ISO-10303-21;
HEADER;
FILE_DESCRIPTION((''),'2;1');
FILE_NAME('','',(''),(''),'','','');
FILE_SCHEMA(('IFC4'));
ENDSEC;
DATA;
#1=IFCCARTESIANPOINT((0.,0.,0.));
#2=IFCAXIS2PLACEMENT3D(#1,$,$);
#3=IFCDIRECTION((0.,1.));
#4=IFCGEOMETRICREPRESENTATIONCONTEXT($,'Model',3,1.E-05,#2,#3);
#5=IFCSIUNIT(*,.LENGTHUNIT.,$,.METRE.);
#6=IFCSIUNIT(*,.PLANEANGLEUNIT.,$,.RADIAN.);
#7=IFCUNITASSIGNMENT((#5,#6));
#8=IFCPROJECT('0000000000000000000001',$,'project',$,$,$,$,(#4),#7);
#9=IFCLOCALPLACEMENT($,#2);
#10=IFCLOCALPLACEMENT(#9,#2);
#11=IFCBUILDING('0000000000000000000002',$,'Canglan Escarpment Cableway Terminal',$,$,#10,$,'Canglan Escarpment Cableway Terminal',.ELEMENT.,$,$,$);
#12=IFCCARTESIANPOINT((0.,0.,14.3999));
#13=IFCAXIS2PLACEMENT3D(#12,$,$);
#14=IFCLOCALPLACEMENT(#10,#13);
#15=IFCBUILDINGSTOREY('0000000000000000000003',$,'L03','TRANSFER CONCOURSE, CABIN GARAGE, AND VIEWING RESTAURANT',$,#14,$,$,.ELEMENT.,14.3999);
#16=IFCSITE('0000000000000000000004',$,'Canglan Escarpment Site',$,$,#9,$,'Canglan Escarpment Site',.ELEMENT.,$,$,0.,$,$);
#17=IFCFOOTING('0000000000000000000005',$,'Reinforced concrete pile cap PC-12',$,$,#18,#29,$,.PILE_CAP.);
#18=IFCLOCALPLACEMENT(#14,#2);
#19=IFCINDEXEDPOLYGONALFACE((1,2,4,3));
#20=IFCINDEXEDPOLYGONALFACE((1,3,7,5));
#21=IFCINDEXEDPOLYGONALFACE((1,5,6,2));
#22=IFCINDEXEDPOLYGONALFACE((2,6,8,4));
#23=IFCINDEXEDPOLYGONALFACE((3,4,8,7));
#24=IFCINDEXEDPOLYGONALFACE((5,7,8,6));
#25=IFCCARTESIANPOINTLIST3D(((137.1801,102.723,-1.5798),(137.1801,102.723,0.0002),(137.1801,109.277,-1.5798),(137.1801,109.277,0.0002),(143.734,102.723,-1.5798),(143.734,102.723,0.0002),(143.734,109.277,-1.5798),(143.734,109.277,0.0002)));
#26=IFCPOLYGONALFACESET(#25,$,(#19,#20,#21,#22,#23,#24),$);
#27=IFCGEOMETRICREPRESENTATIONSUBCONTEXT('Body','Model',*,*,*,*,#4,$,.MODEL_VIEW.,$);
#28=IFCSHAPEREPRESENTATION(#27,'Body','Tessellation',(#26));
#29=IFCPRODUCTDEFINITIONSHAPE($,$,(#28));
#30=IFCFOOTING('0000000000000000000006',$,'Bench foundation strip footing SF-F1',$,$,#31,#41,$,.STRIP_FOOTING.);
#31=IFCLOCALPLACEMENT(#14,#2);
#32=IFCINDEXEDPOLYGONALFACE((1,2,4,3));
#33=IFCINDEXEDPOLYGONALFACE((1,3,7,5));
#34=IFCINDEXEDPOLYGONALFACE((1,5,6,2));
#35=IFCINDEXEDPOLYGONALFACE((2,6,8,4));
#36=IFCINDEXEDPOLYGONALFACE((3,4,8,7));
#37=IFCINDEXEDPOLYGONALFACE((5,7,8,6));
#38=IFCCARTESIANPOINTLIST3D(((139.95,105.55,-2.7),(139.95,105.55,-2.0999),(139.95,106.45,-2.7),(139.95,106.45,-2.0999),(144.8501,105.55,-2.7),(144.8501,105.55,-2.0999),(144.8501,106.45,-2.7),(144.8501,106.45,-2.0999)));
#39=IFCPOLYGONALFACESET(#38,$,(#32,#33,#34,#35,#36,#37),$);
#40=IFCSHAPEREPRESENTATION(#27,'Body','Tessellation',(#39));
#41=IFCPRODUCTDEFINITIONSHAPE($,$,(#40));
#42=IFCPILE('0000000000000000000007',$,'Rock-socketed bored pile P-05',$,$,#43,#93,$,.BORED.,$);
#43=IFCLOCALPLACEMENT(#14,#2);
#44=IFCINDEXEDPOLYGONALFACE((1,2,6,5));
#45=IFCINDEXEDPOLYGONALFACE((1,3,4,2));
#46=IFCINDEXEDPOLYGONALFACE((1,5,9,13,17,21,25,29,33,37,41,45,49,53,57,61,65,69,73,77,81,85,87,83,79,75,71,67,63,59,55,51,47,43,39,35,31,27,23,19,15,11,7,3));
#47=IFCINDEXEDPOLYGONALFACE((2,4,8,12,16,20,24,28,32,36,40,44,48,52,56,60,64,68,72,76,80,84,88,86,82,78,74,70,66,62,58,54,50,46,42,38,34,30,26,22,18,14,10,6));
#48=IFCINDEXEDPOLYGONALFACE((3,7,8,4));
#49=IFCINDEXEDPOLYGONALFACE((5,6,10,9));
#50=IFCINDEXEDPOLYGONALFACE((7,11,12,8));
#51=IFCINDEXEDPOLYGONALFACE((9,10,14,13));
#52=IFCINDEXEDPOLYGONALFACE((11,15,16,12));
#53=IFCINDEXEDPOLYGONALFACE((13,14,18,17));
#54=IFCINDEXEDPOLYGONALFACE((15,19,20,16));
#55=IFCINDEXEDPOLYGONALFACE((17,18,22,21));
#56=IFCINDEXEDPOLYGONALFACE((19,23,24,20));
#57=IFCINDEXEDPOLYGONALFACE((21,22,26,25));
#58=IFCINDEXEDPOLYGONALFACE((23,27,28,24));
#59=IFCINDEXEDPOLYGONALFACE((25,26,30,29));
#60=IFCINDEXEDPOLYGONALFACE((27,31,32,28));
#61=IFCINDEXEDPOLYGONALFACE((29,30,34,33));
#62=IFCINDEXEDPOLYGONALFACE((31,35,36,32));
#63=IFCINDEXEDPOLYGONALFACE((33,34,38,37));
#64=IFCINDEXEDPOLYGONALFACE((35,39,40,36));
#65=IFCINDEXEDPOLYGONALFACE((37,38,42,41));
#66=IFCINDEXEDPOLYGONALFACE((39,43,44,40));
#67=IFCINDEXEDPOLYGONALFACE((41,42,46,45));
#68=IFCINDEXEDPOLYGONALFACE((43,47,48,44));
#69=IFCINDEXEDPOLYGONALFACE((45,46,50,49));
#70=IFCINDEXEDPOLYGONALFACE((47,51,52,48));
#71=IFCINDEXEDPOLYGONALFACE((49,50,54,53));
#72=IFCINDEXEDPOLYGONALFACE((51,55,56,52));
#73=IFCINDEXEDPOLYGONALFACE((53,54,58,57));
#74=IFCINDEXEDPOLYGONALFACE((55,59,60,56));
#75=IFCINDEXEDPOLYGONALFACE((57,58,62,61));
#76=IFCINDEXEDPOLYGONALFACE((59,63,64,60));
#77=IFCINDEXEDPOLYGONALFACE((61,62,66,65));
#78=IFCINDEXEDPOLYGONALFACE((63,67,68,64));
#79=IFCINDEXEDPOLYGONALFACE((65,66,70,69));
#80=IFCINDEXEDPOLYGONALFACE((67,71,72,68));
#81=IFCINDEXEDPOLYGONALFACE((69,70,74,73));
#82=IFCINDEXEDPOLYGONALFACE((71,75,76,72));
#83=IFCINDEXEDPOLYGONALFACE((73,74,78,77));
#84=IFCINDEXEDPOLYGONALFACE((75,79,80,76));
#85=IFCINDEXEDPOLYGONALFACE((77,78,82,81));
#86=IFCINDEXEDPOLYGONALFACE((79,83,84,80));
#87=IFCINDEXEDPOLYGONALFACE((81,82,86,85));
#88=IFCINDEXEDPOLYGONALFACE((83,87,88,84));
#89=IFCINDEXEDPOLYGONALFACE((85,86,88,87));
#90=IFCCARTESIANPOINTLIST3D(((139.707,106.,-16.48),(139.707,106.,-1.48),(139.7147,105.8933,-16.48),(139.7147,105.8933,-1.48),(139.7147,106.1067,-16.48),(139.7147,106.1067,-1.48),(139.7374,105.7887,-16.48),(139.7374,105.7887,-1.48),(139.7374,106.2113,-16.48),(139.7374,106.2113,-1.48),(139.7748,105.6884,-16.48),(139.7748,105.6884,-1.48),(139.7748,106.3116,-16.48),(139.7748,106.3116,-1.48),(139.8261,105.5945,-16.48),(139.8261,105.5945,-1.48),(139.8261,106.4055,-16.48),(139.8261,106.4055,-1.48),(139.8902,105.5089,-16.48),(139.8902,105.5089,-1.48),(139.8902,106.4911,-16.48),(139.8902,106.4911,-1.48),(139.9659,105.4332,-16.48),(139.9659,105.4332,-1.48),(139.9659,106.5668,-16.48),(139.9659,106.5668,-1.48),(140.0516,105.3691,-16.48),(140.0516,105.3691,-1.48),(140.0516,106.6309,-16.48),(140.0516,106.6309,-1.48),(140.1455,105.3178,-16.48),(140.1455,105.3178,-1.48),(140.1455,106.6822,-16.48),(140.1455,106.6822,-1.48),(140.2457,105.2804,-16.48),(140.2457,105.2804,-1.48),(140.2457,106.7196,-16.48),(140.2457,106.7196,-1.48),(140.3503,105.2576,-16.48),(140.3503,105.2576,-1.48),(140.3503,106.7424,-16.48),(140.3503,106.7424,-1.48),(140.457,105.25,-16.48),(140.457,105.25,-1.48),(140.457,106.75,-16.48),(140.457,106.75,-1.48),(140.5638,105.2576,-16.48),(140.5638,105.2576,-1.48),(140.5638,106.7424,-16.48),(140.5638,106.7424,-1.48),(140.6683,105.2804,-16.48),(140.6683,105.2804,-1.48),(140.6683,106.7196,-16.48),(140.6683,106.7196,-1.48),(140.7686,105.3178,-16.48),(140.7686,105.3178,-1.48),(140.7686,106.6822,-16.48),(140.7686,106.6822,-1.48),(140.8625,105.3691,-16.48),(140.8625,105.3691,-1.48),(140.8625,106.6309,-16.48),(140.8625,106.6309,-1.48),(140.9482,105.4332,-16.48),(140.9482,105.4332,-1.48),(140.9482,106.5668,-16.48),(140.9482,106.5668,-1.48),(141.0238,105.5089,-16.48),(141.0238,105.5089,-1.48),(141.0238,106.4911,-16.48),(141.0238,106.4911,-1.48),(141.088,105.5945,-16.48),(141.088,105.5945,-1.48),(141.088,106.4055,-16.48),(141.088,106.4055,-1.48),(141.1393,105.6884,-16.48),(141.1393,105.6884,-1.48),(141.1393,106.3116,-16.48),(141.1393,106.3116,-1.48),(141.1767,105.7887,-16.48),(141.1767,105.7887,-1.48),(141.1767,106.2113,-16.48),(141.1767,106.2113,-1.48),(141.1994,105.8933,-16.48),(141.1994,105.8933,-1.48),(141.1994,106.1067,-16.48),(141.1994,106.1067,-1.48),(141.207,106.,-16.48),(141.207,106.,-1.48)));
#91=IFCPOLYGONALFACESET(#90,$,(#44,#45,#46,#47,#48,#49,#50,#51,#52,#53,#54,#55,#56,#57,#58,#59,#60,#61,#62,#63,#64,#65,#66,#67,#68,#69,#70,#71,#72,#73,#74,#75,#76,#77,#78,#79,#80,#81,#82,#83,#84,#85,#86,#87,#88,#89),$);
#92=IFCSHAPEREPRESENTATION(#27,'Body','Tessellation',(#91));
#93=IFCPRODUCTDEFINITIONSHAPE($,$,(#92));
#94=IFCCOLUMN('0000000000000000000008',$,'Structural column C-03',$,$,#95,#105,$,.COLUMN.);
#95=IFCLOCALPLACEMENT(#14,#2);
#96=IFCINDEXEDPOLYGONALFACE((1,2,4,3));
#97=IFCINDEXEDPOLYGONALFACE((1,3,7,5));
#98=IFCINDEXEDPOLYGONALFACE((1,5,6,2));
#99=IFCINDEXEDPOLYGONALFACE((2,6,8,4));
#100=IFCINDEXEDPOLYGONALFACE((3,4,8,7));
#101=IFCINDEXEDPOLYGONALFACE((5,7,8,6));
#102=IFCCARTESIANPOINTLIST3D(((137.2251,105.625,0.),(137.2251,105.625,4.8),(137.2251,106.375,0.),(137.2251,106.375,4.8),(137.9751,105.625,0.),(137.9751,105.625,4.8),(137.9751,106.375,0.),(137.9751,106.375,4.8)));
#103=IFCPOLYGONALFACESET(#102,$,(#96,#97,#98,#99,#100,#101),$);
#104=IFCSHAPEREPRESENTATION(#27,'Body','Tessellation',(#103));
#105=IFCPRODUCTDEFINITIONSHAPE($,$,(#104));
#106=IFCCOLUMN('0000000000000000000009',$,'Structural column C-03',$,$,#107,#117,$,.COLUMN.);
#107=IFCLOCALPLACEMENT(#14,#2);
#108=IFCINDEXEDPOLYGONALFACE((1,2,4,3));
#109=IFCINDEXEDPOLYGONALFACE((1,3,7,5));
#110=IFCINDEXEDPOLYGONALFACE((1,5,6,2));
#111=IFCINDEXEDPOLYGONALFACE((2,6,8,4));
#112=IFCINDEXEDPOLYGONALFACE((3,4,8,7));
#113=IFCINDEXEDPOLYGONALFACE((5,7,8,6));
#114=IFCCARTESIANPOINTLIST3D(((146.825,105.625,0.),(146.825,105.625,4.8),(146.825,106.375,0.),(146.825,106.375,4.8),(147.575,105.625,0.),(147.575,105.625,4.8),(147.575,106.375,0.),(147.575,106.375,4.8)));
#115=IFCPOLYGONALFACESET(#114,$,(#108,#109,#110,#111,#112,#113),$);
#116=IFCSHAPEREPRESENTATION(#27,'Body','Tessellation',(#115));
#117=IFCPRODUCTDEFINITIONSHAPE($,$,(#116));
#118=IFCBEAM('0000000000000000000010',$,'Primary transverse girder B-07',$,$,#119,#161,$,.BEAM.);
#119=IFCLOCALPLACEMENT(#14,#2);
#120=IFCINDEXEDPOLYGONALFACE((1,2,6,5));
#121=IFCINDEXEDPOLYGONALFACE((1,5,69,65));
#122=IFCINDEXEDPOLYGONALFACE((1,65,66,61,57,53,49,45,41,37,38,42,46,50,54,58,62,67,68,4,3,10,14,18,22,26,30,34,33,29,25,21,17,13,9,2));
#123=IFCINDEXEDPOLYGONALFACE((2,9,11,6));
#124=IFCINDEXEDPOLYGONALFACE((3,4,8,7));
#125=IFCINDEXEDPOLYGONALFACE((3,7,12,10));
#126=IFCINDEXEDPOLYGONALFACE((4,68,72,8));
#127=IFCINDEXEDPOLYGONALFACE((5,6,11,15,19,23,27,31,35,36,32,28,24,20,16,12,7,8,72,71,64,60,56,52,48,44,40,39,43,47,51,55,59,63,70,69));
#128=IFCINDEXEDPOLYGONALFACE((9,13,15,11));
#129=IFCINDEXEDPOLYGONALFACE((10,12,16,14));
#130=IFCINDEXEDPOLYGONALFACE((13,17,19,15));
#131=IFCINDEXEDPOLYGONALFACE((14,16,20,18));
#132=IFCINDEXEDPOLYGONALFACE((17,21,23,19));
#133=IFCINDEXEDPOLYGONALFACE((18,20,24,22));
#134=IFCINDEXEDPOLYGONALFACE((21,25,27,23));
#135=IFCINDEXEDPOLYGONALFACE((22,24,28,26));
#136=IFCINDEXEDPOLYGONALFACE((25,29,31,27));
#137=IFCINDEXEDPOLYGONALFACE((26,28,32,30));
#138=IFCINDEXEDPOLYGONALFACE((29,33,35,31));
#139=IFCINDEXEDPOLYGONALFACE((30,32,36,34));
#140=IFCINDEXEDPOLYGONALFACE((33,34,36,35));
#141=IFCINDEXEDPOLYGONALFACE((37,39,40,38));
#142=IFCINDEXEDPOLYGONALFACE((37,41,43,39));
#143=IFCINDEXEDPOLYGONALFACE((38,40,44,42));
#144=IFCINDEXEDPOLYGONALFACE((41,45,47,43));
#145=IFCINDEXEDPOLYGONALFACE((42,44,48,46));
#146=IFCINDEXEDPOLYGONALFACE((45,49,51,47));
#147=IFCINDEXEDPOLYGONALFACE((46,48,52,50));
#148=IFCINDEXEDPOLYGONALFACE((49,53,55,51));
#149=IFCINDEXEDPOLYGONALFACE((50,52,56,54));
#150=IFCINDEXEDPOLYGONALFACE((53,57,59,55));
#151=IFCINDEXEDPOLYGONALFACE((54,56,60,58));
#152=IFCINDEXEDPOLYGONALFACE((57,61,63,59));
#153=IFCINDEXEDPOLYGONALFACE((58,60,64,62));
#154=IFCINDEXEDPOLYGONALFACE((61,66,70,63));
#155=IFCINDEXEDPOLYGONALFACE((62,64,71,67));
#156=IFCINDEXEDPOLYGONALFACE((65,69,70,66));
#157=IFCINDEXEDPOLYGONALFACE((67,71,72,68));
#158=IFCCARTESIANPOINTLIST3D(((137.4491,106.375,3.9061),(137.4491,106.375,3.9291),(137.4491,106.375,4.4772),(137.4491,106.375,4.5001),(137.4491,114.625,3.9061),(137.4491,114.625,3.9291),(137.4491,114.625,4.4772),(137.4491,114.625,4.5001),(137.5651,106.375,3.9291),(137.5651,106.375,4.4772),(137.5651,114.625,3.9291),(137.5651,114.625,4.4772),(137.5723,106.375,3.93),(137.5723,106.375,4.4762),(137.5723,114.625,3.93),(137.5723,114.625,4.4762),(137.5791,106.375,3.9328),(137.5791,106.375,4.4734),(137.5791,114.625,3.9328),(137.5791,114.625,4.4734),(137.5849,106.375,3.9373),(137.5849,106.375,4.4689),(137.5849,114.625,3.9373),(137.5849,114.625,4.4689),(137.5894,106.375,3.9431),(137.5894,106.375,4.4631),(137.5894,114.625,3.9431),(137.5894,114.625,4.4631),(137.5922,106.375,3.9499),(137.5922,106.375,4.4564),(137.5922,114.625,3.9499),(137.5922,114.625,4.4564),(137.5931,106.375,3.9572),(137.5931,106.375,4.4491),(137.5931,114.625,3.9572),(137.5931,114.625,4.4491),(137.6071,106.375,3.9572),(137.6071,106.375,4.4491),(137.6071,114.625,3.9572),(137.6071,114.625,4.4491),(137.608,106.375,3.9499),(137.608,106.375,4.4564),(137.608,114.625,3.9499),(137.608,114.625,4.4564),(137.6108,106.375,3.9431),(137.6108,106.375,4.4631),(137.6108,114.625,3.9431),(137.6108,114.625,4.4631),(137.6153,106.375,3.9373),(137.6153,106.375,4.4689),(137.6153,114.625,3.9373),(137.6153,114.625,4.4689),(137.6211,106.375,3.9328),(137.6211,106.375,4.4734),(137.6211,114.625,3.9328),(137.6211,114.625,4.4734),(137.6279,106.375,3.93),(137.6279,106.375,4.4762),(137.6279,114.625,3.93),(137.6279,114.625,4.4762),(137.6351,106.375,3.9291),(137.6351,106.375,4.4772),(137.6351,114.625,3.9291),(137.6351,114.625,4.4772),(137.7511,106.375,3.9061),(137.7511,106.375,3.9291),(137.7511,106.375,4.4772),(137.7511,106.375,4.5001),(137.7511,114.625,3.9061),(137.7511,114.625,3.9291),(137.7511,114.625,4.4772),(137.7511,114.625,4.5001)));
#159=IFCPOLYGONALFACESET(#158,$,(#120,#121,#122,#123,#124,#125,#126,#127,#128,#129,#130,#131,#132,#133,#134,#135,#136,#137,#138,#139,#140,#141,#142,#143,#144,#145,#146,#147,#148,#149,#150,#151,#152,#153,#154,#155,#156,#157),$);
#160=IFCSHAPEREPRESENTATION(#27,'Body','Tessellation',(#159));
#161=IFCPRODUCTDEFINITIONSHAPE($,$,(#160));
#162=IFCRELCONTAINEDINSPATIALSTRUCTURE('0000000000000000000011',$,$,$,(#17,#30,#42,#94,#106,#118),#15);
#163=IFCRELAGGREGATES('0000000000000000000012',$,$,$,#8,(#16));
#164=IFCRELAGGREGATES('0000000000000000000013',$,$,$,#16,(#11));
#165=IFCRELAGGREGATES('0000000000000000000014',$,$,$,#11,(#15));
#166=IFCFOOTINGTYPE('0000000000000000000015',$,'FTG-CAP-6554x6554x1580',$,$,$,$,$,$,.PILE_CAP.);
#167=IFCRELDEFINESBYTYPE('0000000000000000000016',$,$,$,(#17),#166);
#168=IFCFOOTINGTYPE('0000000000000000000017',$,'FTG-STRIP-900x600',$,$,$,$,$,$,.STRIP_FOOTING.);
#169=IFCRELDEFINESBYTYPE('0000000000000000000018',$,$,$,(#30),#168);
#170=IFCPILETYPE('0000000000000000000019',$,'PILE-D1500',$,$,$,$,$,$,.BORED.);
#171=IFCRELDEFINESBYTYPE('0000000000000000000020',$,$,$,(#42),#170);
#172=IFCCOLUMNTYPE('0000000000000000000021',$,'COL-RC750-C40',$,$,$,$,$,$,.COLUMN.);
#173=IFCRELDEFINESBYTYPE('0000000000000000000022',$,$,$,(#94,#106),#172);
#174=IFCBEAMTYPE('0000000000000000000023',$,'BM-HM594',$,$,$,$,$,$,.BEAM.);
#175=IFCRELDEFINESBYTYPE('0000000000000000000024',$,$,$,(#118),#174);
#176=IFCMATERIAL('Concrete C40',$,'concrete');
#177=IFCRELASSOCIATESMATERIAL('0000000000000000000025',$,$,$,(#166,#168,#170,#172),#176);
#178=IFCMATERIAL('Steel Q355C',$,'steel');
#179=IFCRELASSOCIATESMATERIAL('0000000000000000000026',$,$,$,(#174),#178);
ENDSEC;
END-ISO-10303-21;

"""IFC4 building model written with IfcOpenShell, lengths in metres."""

from ifc_helpers import new_model, si_unit, direction, frame, origin, origin_2d, place, context, subcontext, project, spatial, rectangle, circle, i_section, extrude, material, material_profile, profile_set, type_object, element, save


model = new_model("IFC4")

# Units and contexts
model_context = context("Model", 3, precision=1e-05, world=origin(), true_north=direction((0.0, 1.0)))
body_context = subcontext(model_context, "Body", "Model", "MODEL_VIEW")
ifc_project = project(units=[si_unit("LENGTHUNIT", "METRE"), si_unit("PLANEANGLEUNIT", "RADIAN")], contexts=[model_context])

# Site, building, storey
site_placement = place(None, origin())
site = spatial("IfcSite", under=ifc_project, at=site_placement, Name="Canglan Escarpment Site", LongName="Canglan Escarpment Site", CompositionType="ELEMENT", RefElevation=0.0)
building_placement = place(site_placement, origin())
building = spatial("IfcBuilding", under=site, at=building_placement, Name="Canglan Escarpment Cableway Terminal", LongName="Canglan Escarpment Cableway Terminal", CompositionType="ELEMENT")
storey_placement = place(building_placement, frame((0.0, 0.0, 14.3999)))
storey = spatial("IfcBuildingStorey", under=building, at=storey_placement, Name="L03", Description="TRANSFER CONCOURSE, CABIN GARAGE, AND VIEWING RESTAURANT", CompositionType="ELEMENT", Elevation=14.3999)

# Footings
ifc_material_1 = material(Name="Concrete C40", Category="concrete")
footing_type_1 = type_object("IfcFootingType", Name="FTG-CAP-6554x6554x1580", PredefinedType="PILE_CAP", material=ifc_material_1)
footing_1_placement = place(storey_placement, frame((140.457, 106.0, -1.5798), z_axis=(0.0, 0.0, 1.0), x_axis=(1.0, 0.0, 0.0)))
element("IfcFooting", 1, at=footing_1_placement, inside=storey, type_object=footing_type_1, Name="Reinforced concrete pile cap PC-12", PredefinedType="PILE_CAP", context=body_context, shape_type="SweptSolid", body=[
    extrude(rectangle(XDim=6.554, YDim=6.554, at=origin_2d()), origin(), (0.0, 0.0, 1.0), 1.5801),
])
ifc_material_profile_1 = material_profile(ifc_material_1, rectangle(XDim=0.8999, YDim=0.6001, at=origin_2d()), Name="SF 900x600")
ifc_profile_set_1 = profile_set([ifc_material_profile_1], Name="Concrete C40")
footing_type_2 = type_object("IfcFootingType", Name="FTG-STRIP-900x600", PredefinedType="STRIP_FOOTING", material=ifc_profile_set_1)
footing_2_placement = place(storey_placement, frame((139.95, 106.0, -2.3999), z_axis=(1.0, 0.0, 0.0), x_axis=(0.0, 1.0, 0.0)))
element("IfcFooting", 2, at=footing_2_placement, inside=storey, type_object=footing_type_2, Name="Bench foundation strip footing SF-F1", PredefinedType="STRIP_FOOTING", context=body_context, shape_type="SweptSolid", body=[
    extrude(rectangle(XDim=0.8999, YDim=0.6001, at=origin_2d()), origin(), (0.0, 0.0, 1.0), 4.9001),
])

# Pile
ifc_material_profile_2 = material_profile(ifc_material_1, circle(Radius=0.75, at=origin_2d()), Name="BORED PILE D1500")
ifc_profile_set_2 = profile_set([ifc_material_profile_2], Name="Concrete C40")
pile_type = type_object("IfcPileType", Name="PILE-D1500", PredefinedType="BORED", material=ifc_profile_set_2)
pile_placement = place(storey_placement, frame((140.457, 106.0, -1.48), z_axis=(0.0, 0.0, -1.0), x_axis=(1.0, 0.0, 0.0)))
element("IfcPile", 3, at=pile_placement, inside=storey, type_object=pile_type, Name="Rock-socketed bored pile P-05", PredefinedType="BORED", context=body_context, shape_type="SweptSolid", body=[
    extrude(circle(Radius=0.75, at=origin_2d()), origin(), (0.0, 0.0, 1.0), 15.0),
])

# Columns
ifc_material_profile_3 = material_profile(ifc_material_1, rectangle(XDim=0.75, YDim=0.75, at=origin_2d()), Name="RC 750x750")
ifc_profile_set_3 = profile_set([ifc_material_profile_3], Name="Concrete C40")
column_type = type_object("IfcColumnType", Name="COL-RC750-C40", PredefinedType="COLUMN", material=ifc_profile_set_3)
for number, where, z_axis, x_axis, name in (
    (4, (137.6001, 106.0, 0.0), (0.0, 0.0, 1.0), (1.0, 0.0, 0.0), "Structural column C-03"),
    (5, (147.2, 106.0, 0.0), (0.0, 0.0, 1.0), (1.0, 0.0, 0.0), "Structural column C-03"),
):
    element("IfcColumn", number, at=place(storey_placement, frame(where, z_axis=z_axis, x_axis=x_axis)), inside=storey, type_object=column_type, Name=name, PredefinedType="COLUMN", context=body_context, shape_type="SweptSolid", body=[
        extrude(rectangle(XDim=0.75, YDim=0.75, at=origin_2d()), origin(), (0.0, 0.0, 1.0), 4.8),
    ])

# Beam
ifc_material_2 = material(Name="Steel Q355C", Category="steel")
ifc_material_profile_4 = material_profile(ifc_material_2, i_section(OverallWidth=0.302, OverallDepth=0.594, WebThickness=0.0139, FlangeThickness=0.0229, FilletRadius=0.0281, at=origin_2d()), Name="HM 594x302x14x23")
ifc_profile_set_4 = profile_set([ifc_material_profile_4], Name="Steel Q355C")
beam_type_1 = type_object("IfcBeamType", Name="BM-HM594", PredefinedType="BEAM", material=ifc_profile_set_4)
for number, where, z_axis, x_axis, name in (
    (6, (137.6001, 106.375, 4.2031), (0.0, 1.0, 0.0), (-1.0, 0.0, 0.0), "Primary transverse girder B-07"),
):
    element("IfcBeam", number, at=place(storey_placement, frame(where, z_axis=z_axis, x_axis=x_axis)), inside=storey, type_object=beam_type_1, Name=name, PredefinedType="BEAM", context=body_context, shape_type="SweptSolid", body=[
        extrude(i_section(OverallWidth=0.302, OverallDepth=0.594, WebThickness=0.0139, FlangeThickness=0.0229, FilletRadius=0.0281, at=origin_2d()), origin(), (0.0, 0.0, 1.0), 8.25),
    ])

save(model, "model.ifc")
